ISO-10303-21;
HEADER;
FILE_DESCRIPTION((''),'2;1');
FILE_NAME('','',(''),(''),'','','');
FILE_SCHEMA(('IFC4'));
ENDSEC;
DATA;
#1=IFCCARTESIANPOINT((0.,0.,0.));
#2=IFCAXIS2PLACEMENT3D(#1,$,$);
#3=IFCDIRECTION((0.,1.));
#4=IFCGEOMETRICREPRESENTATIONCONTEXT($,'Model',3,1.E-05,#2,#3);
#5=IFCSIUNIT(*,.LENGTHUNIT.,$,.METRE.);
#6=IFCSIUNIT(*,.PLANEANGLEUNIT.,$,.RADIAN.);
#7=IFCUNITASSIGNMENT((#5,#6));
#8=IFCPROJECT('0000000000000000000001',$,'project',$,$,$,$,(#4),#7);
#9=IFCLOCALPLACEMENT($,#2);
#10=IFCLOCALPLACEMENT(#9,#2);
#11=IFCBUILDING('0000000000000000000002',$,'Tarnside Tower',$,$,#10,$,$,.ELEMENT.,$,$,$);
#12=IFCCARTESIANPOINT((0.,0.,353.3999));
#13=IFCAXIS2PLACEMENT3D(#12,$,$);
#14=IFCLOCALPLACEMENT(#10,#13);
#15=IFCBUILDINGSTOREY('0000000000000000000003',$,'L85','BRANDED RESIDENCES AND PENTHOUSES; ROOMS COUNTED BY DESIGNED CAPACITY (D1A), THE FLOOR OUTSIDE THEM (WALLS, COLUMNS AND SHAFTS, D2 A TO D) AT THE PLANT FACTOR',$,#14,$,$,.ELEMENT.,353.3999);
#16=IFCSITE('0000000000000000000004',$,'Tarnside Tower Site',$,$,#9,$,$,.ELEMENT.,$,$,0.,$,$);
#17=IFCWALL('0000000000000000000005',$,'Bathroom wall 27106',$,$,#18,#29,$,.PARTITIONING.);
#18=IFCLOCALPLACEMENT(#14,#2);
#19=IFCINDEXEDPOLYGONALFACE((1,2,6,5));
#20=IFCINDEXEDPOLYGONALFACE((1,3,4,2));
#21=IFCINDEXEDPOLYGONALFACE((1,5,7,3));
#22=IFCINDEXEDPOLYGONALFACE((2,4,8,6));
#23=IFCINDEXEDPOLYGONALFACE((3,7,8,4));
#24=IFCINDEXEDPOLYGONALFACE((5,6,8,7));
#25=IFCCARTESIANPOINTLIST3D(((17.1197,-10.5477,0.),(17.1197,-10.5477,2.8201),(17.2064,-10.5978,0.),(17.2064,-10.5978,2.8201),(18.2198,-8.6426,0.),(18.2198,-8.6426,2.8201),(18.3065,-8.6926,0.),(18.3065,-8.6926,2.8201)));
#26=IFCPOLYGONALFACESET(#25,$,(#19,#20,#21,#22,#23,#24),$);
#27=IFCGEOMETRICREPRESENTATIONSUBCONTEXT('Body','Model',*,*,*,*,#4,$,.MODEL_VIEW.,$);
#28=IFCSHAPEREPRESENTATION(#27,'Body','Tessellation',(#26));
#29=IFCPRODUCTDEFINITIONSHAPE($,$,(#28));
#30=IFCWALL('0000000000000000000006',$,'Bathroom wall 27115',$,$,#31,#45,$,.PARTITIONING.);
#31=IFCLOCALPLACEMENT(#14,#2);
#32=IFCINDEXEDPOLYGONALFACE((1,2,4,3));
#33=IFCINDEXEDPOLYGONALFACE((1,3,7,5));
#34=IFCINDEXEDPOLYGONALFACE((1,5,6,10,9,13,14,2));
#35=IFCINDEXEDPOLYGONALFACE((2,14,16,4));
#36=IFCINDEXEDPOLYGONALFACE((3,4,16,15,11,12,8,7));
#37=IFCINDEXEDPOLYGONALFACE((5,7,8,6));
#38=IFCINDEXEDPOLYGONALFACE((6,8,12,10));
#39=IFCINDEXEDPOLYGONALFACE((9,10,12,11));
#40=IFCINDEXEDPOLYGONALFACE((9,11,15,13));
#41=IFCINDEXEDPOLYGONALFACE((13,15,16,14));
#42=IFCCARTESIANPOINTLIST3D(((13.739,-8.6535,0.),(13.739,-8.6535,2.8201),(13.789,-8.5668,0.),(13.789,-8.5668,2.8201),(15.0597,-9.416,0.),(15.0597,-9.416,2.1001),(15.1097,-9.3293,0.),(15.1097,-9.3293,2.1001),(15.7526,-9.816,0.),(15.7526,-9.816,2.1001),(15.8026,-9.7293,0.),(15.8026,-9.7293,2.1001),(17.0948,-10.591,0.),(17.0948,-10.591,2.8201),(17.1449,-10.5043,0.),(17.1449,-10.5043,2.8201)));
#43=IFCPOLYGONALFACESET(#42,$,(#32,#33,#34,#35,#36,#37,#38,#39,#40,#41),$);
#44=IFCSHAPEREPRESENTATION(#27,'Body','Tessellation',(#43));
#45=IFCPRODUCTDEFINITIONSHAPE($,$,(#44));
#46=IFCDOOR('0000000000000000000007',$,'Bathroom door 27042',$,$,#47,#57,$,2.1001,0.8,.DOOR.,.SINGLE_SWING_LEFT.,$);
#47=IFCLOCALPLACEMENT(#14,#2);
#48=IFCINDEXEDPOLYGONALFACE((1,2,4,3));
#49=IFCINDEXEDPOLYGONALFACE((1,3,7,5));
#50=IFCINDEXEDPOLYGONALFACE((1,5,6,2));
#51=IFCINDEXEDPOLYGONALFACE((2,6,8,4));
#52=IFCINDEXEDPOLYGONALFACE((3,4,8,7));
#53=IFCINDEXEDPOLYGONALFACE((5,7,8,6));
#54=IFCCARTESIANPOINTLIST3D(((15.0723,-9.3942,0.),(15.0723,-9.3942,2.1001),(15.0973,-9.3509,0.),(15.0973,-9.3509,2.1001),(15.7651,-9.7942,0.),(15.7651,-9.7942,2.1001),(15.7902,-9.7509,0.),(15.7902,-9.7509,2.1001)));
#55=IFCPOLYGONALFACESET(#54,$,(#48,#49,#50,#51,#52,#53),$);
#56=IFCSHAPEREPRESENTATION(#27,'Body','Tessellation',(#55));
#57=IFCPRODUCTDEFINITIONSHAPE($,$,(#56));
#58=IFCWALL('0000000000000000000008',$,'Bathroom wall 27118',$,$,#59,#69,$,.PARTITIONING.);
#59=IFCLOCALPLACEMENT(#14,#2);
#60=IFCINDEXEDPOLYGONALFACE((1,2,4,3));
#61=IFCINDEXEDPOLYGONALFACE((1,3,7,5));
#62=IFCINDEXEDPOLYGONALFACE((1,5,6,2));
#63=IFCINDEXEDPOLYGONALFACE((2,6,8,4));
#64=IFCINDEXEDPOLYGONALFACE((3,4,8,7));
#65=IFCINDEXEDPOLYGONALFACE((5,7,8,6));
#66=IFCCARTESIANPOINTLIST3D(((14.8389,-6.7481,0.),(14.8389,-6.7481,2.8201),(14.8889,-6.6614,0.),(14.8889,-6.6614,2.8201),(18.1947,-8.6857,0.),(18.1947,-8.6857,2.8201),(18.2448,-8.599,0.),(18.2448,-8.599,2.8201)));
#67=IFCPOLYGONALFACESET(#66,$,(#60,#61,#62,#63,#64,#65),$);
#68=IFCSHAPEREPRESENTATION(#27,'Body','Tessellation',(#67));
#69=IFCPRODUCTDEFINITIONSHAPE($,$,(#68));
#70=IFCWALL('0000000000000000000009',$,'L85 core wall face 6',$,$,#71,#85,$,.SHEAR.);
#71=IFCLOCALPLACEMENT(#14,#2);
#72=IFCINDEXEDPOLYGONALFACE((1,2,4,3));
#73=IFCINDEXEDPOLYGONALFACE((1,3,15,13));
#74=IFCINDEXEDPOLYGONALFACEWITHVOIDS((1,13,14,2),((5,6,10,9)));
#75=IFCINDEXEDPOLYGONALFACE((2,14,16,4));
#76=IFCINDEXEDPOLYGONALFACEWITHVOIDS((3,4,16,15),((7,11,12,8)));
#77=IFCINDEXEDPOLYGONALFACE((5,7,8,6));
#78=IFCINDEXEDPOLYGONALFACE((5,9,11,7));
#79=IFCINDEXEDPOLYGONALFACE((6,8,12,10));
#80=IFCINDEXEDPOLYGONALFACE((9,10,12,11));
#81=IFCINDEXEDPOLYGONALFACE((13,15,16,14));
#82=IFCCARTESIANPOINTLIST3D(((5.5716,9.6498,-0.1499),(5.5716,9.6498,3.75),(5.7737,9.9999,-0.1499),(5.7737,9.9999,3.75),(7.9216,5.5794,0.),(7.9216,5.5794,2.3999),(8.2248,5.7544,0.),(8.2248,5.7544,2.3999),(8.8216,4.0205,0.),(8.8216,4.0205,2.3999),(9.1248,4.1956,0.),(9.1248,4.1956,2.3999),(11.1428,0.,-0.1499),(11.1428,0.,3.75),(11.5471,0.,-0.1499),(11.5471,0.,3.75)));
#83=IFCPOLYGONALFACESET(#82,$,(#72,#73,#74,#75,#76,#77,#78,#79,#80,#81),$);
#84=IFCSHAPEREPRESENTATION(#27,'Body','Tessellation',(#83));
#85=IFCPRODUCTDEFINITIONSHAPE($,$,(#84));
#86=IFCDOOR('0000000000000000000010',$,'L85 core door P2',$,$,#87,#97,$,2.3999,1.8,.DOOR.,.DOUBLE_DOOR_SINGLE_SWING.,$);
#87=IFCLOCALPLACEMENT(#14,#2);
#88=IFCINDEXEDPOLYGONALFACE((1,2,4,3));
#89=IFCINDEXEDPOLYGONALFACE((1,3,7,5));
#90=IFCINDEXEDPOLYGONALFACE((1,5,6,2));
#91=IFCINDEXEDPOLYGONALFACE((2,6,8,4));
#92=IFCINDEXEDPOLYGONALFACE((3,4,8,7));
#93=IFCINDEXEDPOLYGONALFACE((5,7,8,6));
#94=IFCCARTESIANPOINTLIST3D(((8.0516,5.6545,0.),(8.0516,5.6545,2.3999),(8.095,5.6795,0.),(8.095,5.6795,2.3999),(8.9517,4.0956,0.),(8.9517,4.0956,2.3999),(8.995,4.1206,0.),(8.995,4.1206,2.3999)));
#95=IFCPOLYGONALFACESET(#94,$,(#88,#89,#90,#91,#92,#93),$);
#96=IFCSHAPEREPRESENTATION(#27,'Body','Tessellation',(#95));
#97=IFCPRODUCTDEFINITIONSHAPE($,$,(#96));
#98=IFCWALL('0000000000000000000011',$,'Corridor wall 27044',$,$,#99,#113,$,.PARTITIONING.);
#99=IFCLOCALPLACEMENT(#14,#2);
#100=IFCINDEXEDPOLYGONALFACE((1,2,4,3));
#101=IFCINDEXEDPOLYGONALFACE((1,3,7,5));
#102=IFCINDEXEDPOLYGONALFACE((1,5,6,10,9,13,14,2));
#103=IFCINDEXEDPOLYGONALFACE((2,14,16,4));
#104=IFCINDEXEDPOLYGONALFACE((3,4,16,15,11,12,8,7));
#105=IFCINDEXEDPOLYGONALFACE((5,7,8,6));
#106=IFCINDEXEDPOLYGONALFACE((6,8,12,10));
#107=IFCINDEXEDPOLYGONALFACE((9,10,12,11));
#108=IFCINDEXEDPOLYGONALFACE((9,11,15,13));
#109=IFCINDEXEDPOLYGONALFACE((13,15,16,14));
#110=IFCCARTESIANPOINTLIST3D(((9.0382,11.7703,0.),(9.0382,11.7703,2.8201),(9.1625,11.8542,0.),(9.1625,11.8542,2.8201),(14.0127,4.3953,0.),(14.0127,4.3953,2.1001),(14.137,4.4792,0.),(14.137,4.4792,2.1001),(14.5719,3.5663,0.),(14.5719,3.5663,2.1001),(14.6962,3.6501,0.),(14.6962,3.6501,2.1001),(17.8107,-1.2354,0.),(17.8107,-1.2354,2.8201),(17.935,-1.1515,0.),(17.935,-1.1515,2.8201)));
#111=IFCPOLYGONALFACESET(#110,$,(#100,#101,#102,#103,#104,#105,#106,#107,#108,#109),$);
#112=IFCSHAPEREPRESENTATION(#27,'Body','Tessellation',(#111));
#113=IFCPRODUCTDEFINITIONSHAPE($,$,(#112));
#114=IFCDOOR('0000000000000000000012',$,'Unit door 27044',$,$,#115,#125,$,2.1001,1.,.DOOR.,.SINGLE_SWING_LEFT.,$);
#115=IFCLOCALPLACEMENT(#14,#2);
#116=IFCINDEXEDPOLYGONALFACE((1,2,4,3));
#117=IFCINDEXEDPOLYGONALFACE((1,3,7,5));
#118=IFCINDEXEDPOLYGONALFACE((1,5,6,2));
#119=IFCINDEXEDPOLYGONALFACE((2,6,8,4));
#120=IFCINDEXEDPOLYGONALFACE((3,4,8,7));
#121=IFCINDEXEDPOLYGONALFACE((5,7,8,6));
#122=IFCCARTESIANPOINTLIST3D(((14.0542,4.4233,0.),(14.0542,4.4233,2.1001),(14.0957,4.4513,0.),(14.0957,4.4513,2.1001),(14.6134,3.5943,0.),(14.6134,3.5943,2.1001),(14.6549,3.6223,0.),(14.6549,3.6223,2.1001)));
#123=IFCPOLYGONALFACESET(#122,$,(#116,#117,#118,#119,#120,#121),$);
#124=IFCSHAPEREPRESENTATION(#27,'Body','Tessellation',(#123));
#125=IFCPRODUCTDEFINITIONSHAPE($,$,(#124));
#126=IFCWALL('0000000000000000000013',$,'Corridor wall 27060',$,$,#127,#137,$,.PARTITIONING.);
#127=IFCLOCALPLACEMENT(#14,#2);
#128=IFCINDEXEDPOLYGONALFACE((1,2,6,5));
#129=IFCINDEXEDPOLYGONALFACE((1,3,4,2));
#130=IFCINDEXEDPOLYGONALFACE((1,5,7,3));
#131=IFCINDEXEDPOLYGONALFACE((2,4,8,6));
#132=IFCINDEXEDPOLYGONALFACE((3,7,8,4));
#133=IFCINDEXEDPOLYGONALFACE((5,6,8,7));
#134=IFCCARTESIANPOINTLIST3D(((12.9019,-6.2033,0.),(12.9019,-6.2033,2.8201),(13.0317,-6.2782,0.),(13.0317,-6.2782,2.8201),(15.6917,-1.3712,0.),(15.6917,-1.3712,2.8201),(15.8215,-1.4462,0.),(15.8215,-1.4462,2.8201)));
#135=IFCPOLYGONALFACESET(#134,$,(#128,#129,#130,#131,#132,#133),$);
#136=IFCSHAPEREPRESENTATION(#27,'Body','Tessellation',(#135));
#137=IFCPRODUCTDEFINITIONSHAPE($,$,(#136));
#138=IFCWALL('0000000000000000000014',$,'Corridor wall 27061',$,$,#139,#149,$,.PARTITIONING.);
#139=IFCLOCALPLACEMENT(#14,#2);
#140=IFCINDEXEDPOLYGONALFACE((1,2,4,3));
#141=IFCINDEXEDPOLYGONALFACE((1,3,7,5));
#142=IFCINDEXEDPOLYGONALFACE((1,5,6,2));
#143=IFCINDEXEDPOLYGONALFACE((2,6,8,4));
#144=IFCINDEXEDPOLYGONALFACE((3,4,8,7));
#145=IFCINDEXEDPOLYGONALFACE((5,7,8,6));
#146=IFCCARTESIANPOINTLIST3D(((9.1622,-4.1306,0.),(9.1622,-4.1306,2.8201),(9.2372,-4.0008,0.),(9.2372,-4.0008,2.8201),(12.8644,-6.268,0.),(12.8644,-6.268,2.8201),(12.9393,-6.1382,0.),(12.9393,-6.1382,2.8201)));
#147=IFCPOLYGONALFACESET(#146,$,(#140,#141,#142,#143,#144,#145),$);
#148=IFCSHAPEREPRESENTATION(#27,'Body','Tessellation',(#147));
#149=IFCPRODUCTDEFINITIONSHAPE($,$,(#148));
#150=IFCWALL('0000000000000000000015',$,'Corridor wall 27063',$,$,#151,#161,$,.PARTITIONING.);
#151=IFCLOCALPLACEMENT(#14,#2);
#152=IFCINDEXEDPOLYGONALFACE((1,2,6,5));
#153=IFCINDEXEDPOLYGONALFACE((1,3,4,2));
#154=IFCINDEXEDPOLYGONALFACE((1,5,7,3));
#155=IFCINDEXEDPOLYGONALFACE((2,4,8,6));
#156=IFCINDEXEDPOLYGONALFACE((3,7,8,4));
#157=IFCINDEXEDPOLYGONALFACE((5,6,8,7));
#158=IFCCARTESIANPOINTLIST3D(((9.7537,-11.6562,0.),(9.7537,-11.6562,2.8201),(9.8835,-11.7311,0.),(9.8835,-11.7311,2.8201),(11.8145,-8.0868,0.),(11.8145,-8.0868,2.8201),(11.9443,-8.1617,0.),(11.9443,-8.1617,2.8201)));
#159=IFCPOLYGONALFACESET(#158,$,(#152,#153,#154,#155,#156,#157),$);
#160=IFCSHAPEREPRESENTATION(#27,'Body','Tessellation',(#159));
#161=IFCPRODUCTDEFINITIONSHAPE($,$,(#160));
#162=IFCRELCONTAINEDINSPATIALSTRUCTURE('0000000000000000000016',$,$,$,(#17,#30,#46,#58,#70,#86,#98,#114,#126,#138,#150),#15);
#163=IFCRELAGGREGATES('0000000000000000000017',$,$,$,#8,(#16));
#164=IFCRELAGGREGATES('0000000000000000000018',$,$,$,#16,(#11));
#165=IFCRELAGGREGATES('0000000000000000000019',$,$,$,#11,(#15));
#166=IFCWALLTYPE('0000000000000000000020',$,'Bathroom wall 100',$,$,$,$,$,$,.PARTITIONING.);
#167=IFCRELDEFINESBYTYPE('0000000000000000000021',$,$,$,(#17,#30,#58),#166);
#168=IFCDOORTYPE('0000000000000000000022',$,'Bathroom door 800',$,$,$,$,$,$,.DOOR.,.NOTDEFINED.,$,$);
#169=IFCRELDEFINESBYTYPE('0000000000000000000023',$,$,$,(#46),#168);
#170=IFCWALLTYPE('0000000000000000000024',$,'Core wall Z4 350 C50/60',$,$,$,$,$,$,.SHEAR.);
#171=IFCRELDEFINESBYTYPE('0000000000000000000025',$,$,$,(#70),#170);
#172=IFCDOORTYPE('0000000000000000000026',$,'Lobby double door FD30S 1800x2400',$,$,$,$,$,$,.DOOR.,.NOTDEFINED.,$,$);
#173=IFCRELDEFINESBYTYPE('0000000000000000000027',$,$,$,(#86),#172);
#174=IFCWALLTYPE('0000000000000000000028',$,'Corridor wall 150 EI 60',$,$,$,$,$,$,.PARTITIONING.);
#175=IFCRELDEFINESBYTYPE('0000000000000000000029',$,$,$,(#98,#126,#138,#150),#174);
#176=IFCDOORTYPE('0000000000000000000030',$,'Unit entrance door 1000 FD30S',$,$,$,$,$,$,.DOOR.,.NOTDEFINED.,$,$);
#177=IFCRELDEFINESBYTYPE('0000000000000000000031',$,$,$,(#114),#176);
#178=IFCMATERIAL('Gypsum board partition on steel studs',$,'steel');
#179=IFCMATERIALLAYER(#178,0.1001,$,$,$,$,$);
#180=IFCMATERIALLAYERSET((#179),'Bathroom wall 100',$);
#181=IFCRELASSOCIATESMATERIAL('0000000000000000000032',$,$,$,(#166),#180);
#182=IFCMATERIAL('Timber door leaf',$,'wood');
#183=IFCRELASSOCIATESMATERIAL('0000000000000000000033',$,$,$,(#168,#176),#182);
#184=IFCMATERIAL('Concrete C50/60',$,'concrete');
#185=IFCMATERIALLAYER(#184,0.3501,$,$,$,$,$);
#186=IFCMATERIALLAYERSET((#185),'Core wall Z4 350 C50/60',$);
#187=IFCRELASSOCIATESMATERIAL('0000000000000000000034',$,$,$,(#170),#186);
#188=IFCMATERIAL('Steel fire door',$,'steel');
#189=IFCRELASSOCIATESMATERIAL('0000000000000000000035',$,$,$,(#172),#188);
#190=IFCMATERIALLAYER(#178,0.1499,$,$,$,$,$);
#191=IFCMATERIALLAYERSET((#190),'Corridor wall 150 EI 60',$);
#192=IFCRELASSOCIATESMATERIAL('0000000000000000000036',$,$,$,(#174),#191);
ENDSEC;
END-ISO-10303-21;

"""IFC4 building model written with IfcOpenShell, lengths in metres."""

from ifc_helpers import new_model, si_unit, direction, frame, frame_2d, origin, place, context, subcontext, project, spatial, polyline, rectangle, outline, extrude, material, layer, layer_set, type_object, element, fill, save


model = new_model("IFC4")

# Units and contexts
model_context = context("Model", 3, precision=1e-05, world=origin(), true_north=direction((0.0, 1.0)))
body_context = subcontext(model_context, "Body", "Model", "MODEL_VIEW")
ifc_project = project(units=[si_unit("LENGTHUNIT", "METRE"), si_unit("PLANEANGLEUNIT", "RADIAN")], contexts=[model_context])

# Site, building, storey
site_placement = place(None, origin())
site = spatial("IfcSite", under=ifc_project, at=site_placement, Name="Tarnside Tower Site", CompositionType="ELEMENT", RefElevation=0.0)
building_placement = place(site_placement, origin())
building = spatial("IfcBuilding", under=site, at=building_placement, Name="Tarnside Tower", CompositionType="ELEMENT")
storey_placement = place(building_placement, frame((0.0, 0.0, 353.3999)))
storey = spatial("IfcBuildingStorey", under=building, at=storey_placement, Name="L85", Description="BRANDED RESIDENCES AND PENTHOUSES; ROOMS COUNTED BY DESIGNED CAPACITY (D1A), THE FLOOR OUTSIDE THEM (WALLS, COLUMNS AND SHAFTS, D2 A TO D) AT THE PLANT FACTOR", CompositionType="ELEMENT", Elevation=353.3999)

# Wall
ifc_material_1 = material(Name="Gypsum board partition on steel studs", Category="steel")
ifc_layer_1 = layer(ifc_material_1, 0.1001)
ifc_layer_set_1 = layer_set([ifc_layer_1], Name="Bathroom wall 100")
wall_type_1 = type_object("IfcWallType", Name="Bathroom wall 100", PredefinedType="PARTITIONING", material=ifc_layer_set_1)
wall_1_placement = place(storey_placement, frame((18.2632, -8.6675, 0.0), z_axis=(0.0, 0.0, 1.0), x_axis=(-0.50003, -0.866008, 0.0)))
element("IfcWall", 1, at=wall_1_placement, inside=storey, type_object=wall_type_1, Name="Bathroom wall 27106", PredefinedType="PARTITIONING", context=body_context, shape_type="SweptSolid", body=[
    extrude(rectangle(XDim=2.2, YDim=0.1001, at=frame_2d((1.1001, 0.0))), origin(), (0.0, 0.0, 1.0), 2.8201),
])

# Wall, opening, door
wall_2_placement = place(storey_placement, frame((17.1199, -10.5476, 0.0), z_axis=(0.0, 0.0, 1.0), x_axis=(-0.866032, 0.499988, 0.0)))
wall_2 = element("IfcWall", 2, at=wall_2_placement, inside=storey, type_object=wall_type_1, Name="Bathroom wall 27115", PredefinedType="PARTITIONING", context=body_context, shape_type="SweptSolid", body=[
    extrude(rectangle(XDim=3.875, YDim=0.1001, at=frame_2d((1.9375, 0.0))), origin(), (0.0, 0.0, 1.0), 2.8201),
])
opening_1_placement = place(wall_2_placement, frame((1.55, 0.0, 0.0)))
opening_1 = element("IfcOpeningElement", 3, at=opening_1_placement, cuts=wall_2, PredefinedType="OPENING", context=body_context, shape_type="SweptSolid", body=[
    extrude(rectangle(XDim=0.8, YDim=2.1001, at=frame_2d((0.3999, 1.05))), frame((0.0, 0.0601, 0.0), z_axis=(0.0, -1.0, 0.0), x_axis=(1.0, 0.0, 0.0)), (0.0, 0.0, 1.0), 0.1201),
])
ifc_material_2 = material(Name="Timber door leaf", Category="wood")
door_type_1 = type_object("IfcDoorType", Name="Bathroom door 800", OperationType="NOTDEFINED", PredefinedType="DOOR", material=ifc_material_2)
door_1_placement = place(opening_1_placement, origin())
door_1 = element("IfcDoor", 4, at=door_1_placement, inside=storey, type_object=door_type_1, Name="Bathroom door 27042", OperationType="SINGLE_SWING_LEFT", OverallHeight=2.1001, OverallWidth=0.8, PredefinedType="DOOR", context=body_context, shape_type="SweptSolid", body=[
    extrude(rectangle(XDim=0.8, YDim=2.1001, at=frame_2d((0.3999, 1.05))), frame((0.0, 0.0249, 0.0), z_axis=(0.0, -1.0, 0.0), x_axis=(1.0, 0.0, 0.0)), (0.0, 0.0, 1.0), 0.05),
])
fill(opening_1, door_1)

# Wall
wall_3_placement = place(storey_placement, frame((18.2197, -8.6423, 0.0), z_axis=(0.0, 0.0, 1.0), x_axis=(-0.866017, 0.500015, 0.0)))
element("IfcWall", 5, at=wall_3_placement, inside=storey, type_object=wall_type_1, Name="Bathroom wall 27118", PredefinedType="PARTITIONING", context=body_context, shape_type="SweptSolid", body=[
    extrude(rectangle(XDim=3.875, YDim=0.1001, at=frame_2d((1.9375, 0.0))), origin(), (0.0, 0.0, 1.0), 2.8201),
])

# Walls, openings, doors
ifc_material_3 = material(Name="Concrete C50/60", Category="concrete")
ifc_layer_2 = layer(ifc_material_3, 0.3501)
ifc_layer_set_2 = layer_set([ifc_layer_2], Name="Core wall Z4 350 C50/60")
wall_type_2 = type_object("IfcWallType", Name="Core wall Z4 350 C50/60", PredefinedType="SHEAR", material=ifc_layer_set_2)
wall_4_placement = place(storey_placement, frame((11.345, 0.0, -0.1499), z_axis=(0.0, 0.0, 1.0), x_axis=(-0.499995, 0.866028, 0.0)))
wall_4 = element("IfcWall", 6, at=wall_4_placement, inside=storey, type_object=wall_type_2, Name="L85 core wall face 6", PredefinedType="SHEAR", context=body_context, shape_type="SweptSolid", body=[
    extrude(outline(polyline([(-0.1011, -0.175), (11.4458, -0.175), (11.2437, 0.175), (0.1011, 0.175), (-0.1011, -0.175)])), origin(), (0.0, 0.0, 1.0), 3.8999),
])
opening_2_placement = place(wall_4_placement, frame((4.7437, 0.0, 0.1499)))
opening_2 = element("IfcOpeningElement", 7, at=opening_2_placement, cuts=wall_4, PredefinedType="OPENING", context=body_context, shape_type="SweptSolid", body=[
    extrude(rectangle(XDim=1.8, YDim=2.3999, at=frame_2d((0.8999, 1.2))), frame((0.0, 0.1851, 0.0), z_axis=(0.0, -1.0, 0.0), x_axis=(1.0, 0.0, 0.0)), (0.0, 0.0, 1.0), 0.3701),
])
ifc_material_4 = material(Name="Steel fire door", Category="steel")
door_type_2 = type_object("IfcDoorType", Name="Lobby double door FD30S 1800x2400", OperationType="NOTDEFINED", PredefinedType="DOOR", material=ifc_material_4)
door_2_placement = place(opening_2_placement, origin())
door_2 = element("IfcDoor", 8, at=door_2_placement, inside=storey, type_object=door_type_2, Name="L85 core door P2", OperationType="DOUBLE_DOOR_SINGLE_SWING", OverallHeight=2.3999, OverallWidth=1.8, PredefinedType="DOOR", context=body_context, shape_type="SweptSolid", body=[
    extrude(rectangle(XDim=1.8, YDim=2.3999, at=frame_2d((0.8999, 1.2))), frame((0.0, 0.0249, 0.0), z_axis=(0.0, -1.0, 0.0), x_axis=(1.0, 0.0, 0.0)), (0.0, 0.0, 1.0), 0.05),
])
fill(opening_2, door_2)
ifc_layer_3 = layer(ifc_material_1, 0.1499)
ifc_layer_set_3 = layer_set([ifc_layer_3], Name="Corridor wall 150 EI 60")
wall_type_3 = type_object("IfcWallType", Name="Corridor wall 150 EI 60", PredefinedType="PARTITIONING", material=ifc_layer_set_3)
wall_5_placement = place(storey_placement, frame((17.8728, -1.1934, 0.0), z_axis=(0.0, 0.0, 1.0), x_axis=(-0.559196, 0.829036, 0.0)))
wall_5 = element("IfcWall", 9, at=wall_5_placement, inside=storey, type_object=wall_type_3, Name="Corridor wall 27044", PredefinedType="PARTITIONING", context=body_context, shape_type="SweptSolid", body=[
    extrude(rectangle(XDim=15.6877, YDim=0.1499, at=frame_2d((7.8438, 0.0))), origin(), (0.0, 0.0, 1.0), 2.8201),
])
opening_3_placement = place(wall_5_placement, frame((5.7917, 0.0, 0.0)))
opening_3 = element("IfcOpeningElement", 10, at=opening_3_placement, cuts=wall_5, PredefinedType="OPENING", context=body_context, shape_type="SweptSolid", body=[
    extrude(rectangle(XDim=1.0, YDim=2.1001, at=frame_2d((0.5, 1.05))), frame((0.0, 0.085, 0.0), z_axis=(0.0, -1.0, 0.0), x_axis=(1.0, 0.0, 0.0)), (0.0, 0.0, 1.0), 0.1699),
])
door_type_3 = type_object("IfcDoorType", Name="Unit entrance door 1000 FD30S", OperationType="NOTDEFINED", PredefinedType="DOOR", material=ifc_material_2)
door_3_placement = place(opening_3_placement, origin())
door_3 = element("IfcDoor", 11, at=door_3_placement, inside=storey, type_object=door_type_3, Name="Unit door 27044", OperationType="SINGLE_SWING_LEFT", OverallHeight=2.1001, OverallWidth=1.0, PredefinedType="DOOR", context=body_context, shape_type="SweptSolid", body=[
    extrude(rectangle(XDim=1.0, YDim=2.1001, at=frame_2d((0.5, 1.05))), frame((0.0, 0.0249, 0.0), z_axis=(0.0, -1.0, 0.0), x_axis=(1.0, 0.0, 0.0)), (0.0, 0.0, 1.0), 0.05),
])
fill(opening_3, door_3)

# Walls
wall_6_placement = place(storey_placement, frame((15.7566, -1.4087, 0.0), z_axis=(0.0, 0.0, 1.0), x_axis=(-0.500003, -0.866024, 0.0)))
element("IfcWall", 12, at=wall_6_placement, inside=storey, type_object=wall_type_3, Name="Corridor wall 27060", PredefinedType="PARTITIONING", context=body_context, shape_type="SweptSolid", body=[
    extrude(rectangle(XDim=5.5796, YDim=0.1499, at=frame_2d((2.7898, 0.0))), origin(), (0.0, 0.0, 1.0), 2.8201),
])
wall_7_placement = place(storey_placement, frame((12.9019, -6.2031, 0.0), z_axis=(0.0, 0.0, 1.0), x_axis=(-0.866024, 0.500003, 0.0)))
element("IfcWall", 13, at=wall_7_placement, inside=storey, type_object=wall_type_3, Name="Corridor wall 27061", PredefinedType="PARTITIONING", context=body_context, shape_type="SweptSolid", body=[
    extrude(rectangle(XDim=4.2749, YDim=0.1499, at=frame_2d((2.1375, 0.0))), origin(), (0.0, 0.0, 1.0), 2.8201),
])
wall_8_placement = place(storey_placement, frame((11.8794, -8.1243, 0.0), z_axis=(0.0, 0.0, 1.0), x_axis=(-0.500006, -0.866022, 0.0)))
element("IfcWall", 14, at=wall_8_placement, inside=storey, type_object=wall_type_3, Name="Corridor wall 27063", PredefinedType="PARTITIONING", context=body_context, shape_type="SweptSolid", body=[
    extrude(rectangle(XDim=4.1216, YDim=0.1499, at=frame_2d((2.0608, 0.0))), origin(), (0.0, 0.0, 1.0), 2.8201),
])

save(model, "model.ifc")
